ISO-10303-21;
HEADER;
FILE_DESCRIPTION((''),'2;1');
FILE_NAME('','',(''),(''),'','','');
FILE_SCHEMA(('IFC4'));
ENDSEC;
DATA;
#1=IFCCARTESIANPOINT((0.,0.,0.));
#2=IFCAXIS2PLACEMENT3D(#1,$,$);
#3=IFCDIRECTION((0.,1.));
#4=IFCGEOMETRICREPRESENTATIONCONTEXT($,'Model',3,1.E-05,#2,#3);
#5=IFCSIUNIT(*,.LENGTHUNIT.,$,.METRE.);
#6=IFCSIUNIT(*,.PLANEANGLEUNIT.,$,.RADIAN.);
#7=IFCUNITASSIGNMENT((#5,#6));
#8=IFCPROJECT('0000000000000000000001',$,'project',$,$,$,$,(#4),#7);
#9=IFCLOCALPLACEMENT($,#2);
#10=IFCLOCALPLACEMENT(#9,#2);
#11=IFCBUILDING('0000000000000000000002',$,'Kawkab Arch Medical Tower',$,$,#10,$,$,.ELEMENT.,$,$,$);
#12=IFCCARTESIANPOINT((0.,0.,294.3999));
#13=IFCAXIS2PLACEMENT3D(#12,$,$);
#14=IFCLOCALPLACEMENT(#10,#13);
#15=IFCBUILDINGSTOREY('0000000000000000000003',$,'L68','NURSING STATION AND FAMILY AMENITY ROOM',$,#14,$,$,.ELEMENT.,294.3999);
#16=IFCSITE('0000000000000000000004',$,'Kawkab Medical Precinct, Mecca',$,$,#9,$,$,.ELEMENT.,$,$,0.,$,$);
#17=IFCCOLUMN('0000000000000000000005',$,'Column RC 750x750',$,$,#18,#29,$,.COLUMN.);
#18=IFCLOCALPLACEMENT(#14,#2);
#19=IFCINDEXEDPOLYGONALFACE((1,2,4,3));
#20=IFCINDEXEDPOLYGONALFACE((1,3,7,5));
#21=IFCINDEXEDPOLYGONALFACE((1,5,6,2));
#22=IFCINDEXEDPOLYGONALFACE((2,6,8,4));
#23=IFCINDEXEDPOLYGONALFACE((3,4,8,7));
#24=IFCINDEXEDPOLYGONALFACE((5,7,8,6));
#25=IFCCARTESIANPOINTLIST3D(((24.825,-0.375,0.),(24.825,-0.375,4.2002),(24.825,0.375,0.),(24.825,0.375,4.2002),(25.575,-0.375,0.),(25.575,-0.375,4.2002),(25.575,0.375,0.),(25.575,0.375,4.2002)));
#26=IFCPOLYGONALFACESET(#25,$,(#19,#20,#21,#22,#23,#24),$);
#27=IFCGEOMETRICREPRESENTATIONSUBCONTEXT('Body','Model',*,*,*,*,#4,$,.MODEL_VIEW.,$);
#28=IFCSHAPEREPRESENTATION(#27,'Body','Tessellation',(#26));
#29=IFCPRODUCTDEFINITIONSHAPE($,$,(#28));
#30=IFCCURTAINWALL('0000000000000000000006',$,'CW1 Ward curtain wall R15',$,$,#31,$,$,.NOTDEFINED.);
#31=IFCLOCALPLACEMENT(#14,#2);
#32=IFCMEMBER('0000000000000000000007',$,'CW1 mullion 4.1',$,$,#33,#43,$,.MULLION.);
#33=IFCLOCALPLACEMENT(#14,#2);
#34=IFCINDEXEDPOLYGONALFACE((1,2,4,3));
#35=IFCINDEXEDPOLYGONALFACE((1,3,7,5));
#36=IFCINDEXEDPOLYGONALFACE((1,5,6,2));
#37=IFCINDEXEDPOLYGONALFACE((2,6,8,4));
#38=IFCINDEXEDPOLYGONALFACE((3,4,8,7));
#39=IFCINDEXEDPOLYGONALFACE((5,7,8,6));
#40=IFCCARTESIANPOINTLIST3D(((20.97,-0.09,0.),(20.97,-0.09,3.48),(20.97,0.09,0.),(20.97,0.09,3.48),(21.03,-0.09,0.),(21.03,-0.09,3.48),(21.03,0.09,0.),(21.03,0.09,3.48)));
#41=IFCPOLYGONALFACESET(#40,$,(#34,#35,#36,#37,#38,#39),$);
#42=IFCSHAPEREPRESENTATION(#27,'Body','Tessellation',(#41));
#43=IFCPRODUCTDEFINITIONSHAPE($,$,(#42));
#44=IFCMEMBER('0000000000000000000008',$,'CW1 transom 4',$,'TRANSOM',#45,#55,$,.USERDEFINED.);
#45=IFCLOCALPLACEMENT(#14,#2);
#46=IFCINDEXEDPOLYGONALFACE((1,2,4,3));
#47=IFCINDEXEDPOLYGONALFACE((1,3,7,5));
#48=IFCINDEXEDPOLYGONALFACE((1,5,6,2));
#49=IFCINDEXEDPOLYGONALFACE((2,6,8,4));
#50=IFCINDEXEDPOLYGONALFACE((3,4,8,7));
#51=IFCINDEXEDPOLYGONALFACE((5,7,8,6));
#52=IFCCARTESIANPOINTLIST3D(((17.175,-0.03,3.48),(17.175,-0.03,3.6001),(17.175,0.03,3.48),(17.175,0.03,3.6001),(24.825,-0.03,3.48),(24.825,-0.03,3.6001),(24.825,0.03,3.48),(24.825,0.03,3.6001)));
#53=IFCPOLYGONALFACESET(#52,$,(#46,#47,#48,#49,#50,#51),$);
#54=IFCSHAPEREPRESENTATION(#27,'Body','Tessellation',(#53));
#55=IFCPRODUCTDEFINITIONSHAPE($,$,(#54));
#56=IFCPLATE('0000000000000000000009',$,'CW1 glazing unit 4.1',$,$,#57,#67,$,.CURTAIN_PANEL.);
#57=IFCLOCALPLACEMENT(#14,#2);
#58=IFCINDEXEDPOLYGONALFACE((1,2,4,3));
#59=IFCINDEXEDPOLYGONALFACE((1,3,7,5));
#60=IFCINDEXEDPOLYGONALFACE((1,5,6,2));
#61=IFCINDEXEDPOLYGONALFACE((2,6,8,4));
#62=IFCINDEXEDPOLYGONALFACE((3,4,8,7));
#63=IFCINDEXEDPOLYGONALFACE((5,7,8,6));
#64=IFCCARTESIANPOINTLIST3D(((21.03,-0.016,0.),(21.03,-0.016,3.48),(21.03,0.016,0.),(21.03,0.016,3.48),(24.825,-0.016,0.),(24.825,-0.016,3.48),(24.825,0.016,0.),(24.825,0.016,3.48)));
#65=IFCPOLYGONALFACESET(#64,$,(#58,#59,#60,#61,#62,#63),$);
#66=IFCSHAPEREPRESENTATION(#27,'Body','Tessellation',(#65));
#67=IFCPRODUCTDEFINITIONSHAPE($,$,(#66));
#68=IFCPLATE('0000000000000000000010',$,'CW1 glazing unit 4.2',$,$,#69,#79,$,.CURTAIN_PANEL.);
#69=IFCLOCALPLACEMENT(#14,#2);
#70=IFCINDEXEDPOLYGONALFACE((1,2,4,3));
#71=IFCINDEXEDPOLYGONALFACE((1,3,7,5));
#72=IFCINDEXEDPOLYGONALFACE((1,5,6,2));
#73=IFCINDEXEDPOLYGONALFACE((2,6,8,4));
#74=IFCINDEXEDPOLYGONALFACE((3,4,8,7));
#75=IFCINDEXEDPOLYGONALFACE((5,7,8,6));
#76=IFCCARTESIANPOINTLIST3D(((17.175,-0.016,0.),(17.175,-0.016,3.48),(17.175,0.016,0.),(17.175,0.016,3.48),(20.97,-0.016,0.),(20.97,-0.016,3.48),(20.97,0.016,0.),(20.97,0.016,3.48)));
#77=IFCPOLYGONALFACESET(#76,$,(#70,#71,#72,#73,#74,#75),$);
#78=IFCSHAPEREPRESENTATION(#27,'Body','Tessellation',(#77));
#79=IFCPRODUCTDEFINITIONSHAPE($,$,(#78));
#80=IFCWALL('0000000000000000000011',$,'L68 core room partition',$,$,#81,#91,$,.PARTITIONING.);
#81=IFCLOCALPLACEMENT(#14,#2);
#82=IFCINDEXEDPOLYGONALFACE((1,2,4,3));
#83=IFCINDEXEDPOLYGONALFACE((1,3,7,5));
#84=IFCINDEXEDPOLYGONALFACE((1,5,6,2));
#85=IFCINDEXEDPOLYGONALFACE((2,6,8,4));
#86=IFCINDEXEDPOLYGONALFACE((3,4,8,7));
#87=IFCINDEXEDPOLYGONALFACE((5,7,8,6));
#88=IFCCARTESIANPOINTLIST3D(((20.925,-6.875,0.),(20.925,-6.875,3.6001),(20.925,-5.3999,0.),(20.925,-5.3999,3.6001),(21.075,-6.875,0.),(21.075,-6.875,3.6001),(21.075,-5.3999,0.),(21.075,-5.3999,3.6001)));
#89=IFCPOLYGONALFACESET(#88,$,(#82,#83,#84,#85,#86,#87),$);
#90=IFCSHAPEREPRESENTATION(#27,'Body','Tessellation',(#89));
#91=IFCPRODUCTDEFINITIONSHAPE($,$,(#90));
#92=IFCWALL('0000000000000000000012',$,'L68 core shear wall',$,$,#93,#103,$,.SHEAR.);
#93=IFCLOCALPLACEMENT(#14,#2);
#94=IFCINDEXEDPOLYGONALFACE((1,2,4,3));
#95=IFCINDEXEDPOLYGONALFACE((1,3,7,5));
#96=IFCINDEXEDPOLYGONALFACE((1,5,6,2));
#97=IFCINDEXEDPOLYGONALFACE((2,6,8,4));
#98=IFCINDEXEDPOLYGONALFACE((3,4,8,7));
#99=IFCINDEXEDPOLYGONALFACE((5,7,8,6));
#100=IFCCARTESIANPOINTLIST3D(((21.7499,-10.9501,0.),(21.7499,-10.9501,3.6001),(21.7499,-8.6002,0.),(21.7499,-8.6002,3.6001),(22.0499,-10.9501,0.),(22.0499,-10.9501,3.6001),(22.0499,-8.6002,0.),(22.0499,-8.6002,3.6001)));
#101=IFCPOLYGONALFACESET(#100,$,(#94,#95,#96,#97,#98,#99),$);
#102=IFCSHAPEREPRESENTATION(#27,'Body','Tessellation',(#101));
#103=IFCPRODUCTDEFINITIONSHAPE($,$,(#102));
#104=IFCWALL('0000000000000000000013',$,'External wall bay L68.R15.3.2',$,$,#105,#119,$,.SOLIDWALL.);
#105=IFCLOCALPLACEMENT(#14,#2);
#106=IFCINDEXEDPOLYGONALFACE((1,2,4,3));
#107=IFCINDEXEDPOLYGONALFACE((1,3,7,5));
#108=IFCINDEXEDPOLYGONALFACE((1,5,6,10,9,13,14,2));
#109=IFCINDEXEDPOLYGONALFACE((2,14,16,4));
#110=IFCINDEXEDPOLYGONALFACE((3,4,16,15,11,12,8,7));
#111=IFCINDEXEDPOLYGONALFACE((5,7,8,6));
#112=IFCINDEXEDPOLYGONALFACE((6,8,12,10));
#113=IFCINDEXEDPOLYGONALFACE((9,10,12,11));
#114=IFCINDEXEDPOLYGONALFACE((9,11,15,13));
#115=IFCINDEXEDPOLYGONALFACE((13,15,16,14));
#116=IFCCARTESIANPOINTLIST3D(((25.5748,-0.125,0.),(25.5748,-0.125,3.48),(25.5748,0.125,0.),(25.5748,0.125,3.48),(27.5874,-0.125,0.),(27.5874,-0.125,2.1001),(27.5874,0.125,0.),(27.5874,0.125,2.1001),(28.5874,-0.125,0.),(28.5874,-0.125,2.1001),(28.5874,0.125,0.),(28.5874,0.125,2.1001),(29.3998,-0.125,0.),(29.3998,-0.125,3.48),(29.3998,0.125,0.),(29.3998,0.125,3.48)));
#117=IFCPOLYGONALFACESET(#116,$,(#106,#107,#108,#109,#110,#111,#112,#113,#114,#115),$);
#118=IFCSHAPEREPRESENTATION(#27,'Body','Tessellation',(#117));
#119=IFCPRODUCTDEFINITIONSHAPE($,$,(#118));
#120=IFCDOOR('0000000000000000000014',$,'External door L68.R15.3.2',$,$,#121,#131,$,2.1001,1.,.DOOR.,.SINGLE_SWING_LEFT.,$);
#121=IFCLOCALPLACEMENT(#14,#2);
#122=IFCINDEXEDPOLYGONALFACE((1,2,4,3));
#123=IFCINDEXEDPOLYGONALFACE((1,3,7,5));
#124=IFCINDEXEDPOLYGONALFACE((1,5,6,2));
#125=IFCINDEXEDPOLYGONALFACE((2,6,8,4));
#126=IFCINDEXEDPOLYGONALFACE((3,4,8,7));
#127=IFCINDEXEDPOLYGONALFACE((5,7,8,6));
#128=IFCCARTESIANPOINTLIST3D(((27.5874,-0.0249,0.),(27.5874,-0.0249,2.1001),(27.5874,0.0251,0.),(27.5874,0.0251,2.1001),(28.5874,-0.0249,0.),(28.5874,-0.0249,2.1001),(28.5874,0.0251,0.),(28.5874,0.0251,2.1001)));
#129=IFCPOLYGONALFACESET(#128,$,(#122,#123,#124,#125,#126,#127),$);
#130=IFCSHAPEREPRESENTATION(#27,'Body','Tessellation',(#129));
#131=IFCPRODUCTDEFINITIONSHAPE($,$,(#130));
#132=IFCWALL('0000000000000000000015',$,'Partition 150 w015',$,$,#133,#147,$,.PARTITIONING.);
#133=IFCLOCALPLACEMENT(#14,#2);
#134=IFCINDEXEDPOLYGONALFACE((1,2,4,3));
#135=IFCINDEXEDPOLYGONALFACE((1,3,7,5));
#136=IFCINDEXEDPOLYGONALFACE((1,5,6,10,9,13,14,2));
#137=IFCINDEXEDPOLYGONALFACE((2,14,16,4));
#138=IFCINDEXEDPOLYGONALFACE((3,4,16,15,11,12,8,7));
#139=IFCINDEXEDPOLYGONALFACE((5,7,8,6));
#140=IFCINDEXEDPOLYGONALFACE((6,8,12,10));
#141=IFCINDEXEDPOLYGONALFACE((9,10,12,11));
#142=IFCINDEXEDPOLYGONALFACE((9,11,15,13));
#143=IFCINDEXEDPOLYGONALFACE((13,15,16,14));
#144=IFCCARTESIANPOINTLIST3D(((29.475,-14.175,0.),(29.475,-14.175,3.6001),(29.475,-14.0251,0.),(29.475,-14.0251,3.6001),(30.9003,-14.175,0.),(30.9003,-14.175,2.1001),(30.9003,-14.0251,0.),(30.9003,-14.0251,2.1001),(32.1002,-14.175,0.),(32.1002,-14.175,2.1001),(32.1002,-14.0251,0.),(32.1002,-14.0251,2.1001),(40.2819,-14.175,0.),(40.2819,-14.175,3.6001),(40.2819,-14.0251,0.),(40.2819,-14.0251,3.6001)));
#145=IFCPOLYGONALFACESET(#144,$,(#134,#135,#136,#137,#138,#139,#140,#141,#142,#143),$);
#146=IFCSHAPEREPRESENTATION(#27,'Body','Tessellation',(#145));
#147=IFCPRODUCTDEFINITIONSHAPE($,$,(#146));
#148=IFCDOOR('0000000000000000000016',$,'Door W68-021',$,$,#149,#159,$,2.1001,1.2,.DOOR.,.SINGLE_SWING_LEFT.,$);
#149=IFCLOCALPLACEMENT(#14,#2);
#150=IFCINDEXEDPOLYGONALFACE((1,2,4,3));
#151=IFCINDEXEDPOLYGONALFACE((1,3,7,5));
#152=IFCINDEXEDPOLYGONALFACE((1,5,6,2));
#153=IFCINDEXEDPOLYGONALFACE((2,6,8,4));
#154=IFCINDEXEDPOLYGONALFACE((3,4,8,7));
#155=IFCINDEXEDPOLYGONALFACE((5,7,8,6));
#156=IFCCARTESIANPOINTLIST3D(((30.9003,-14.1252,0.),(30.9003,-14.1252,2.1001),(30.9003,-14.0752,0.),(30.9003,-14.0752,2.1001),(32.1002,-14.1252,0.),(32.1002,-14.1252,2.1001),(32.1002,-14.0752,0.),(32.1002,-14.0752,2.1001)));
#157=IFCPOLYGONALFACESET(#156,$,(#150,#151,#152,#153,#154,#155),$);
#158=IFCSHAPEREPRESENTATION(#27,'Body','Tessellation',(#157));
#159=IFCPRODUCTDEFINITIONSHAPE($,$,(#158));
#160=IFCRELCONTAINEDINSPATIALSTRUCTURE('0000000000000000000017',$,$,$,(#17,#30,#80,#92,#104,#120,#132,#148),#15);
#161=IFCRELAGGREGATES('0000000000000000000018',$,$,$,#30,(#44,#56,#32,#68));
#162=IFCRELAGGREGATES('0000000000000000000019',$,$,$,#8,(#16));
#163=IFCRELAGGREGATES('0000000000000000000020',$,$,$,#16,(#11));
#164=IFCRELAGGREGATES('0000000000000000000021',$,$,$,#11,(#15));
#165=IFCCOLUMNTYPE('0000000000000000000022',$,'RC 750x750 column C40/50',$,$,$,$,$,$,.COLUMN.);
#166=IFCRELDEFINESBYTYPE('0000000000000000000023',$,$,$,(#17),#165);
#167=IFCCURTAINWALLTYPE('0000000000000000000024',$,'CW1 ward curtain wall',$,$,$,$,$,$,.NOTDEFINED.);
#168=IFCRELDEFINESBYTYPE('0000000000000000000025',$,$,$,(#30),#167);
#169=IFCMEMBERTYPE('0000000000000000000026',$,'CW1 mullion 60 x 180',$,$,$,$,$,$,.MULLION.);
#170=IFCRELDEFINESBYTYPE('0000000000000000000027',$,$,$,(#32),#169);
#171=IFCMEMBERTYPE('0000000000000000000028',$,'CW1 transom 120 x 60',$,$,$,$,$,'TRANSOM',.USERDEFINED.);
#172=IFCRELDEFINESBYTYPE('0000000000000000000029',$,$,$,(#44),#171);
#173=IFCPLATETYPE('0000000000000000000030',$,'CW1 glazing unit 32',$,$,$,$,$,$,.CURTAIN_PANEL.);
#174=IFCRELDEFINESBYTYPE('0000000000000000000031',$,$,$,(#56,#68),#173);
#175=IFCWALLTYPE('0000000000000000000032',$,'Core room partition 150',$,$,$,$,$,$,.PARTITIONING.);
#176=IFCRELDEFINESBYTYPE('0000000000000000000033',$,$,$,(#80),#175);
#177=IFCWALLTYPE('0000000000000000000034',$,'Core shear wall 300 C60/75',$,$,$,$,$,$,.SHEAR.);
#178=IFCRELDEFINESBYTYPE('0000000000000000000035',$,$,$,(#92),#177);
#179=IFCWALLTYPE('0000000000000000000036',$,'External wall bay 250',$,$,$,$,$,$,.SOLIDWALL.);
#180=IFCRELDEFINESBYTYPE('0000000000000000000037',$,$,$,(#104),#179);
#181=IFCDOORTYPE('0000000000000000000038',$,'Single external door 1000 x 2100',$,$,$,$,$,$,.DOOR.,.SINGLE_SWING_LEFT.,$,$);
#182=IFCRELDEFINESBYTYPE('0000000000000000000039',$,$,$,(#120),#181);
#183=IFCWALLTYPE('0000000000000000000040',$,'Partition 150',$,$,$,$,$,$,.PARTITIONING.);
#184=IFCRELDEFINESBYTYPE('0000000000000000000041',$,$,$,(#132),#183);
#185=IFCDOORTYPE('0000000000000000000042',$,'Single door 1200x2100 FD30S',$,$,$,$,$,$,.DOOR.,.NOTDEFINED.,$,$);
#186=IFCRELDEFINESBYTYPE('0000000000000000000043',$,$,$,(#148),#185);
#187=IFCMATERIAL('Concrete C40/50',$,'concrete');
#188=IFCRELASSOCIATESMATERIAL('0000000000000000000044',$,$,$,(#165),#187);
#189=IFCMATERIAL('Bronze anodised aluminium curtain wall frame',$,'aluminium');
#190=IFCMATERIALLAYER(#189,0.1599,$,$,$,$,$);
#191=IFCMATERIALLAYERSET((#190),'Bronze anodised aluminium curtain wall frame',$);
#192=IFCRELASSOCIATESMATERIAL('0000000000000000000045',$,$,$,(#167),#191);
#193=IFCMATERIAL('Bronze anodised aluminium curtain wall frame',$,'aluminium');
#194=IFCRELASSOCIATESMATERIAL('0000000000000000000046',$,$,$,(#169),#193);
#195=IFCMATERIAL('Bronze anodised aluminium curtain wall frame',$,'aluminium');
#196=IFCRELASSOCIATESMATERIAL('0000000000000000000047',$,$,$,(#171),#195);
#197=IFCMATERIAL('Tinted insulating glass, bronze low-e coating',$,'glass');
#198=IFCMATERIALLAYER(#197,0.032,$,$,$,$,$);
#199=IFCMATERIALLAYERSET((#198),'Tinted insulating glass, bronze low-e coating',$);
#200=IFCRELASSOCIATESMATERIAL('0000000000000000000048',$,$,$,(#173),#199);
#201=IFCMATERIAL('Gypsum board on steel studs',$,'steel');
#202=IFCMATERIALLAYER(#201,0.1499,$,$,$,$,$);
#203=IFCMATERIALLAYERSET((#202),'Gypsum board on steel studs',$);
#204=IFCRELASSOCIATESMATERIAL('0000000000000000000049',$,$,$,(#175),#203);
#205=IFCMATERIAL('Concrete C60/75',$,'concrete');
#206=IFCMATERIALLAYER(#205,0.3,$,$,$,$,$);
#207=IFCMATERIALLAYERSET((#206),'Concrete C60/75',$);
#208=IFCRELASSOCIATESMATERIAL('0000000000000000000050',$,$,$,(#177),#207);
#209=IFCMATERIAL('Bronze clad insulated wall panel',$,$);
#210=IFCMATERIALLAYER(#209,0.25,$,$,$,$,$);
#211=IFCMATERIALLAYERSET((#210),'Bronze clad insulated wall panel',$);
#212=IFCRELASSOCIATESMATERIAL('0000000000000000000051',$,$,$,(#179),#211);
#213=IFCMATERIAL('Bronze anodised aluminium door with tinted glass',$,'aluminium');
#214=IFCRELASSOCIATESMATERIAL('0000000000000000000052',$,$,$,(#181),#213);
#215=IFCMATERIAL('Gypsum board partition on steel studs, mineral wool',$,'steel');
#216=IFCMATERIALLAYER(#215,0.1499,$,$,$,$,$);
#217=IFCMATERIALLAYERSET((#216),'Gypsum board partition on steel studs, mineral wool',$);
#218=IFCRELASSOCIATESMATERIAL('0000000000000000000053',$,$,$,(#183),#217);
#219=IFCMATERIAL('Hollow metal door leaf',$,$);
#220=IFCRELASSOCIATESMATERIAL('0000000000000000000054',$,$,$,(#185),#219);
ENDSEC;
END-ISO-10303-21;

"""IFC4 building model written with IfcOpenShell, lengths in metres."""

from ifc_helpers import new_model, si_unit, direction, frame, frame_2d, origin, origin_2d, place, context, subcontext, project, spatial, rectangle, extrude, material, layer, layer_set, material_profile, profile_set, type_object, element, fill, aggregate, save


model = new_model("IFC4")

# Units and contexts
model_context = context("Model", 3, precision=1e-05, world=origin(), true_north=direction((0.0, 1.0)))
body_context = subcontext(model_context, "Body", "Model", "MODEL_VIEW")
ifc_project = project(units=[si_unit("LENGTHUNIT", "METRE"), si_unit("PLANEANGLEUNIT", "RADIAN")], contexts=[model_context])

# Site, building, storey
site_placement = place(None, origin())
site = spatial("IfcSite", under=ifc_project, at=site_placement, Name="Kawkab Medical Precinct, Mecca", CompositionType="ELEMENT", RefElevation=0.0)
building_placement = place(site_placement, origin())
building = spatial("IfcBuilding", under=site, at=building_placement, Name="Kawkab Arch Medical Tower", CompositionType="ELEMENT")
storey_placement = place(building_placement, frame((0.0, 0.0, 294.3999)))
storey = spatial("IfcBuildingStorey", under=building, at=storey_placement, Name="L68", Description="NURSING STATION AND FAMILY AMENITY ROOM", CompositionType="ELEMENT", Elevation=294.3999)

# Column
ifc_material_1 = material(Name="Concrete C40/50", Category="concrete")
ifc_material_profile_1 = material_profile(ifc_material_1, rectangle(XDim=0.75, YDim=0.75, at=origin_2d()), Name="RC 750x750")
ifc_profile_set_1 = profile_set([ifc_material_profile_1], Name="Concrete C40/50")
column_type = type_object("IfcColumnType", Name="RC 750x750 column C40/50", PredefinedType="COLUMN", material=ifc_profile_set_1)
column_placement = place(storey_placement, frame((25.2, 0.0, 0.0), z_axis=(0.0, 0.0, 1.0), x_axis=(1.0, 0.0, 0.0)))
element("IfcColumn", 1, at=column_placement, inside=storey, type_object=column_type, Name="Column RC 750x750", PredefinedType="COLUMN", context=body_context, shape_type="SweptSolid", body=[
    extrude(rectangle(XDim=0.75, YDim=0.75, at=origin_2d()), origin(), (0.0, 0.0, 1.0), 4.2002),
])

# Curtain wall, members, plates
ifc_material_2 = material(Name="Bronze anodised aluminium curtain wall frame", Category="aluminium")
ifc_layer_1 = layer(ifc_material_2, 0.1599)
ifc_layer_set_1 = layer_set([ifc_layer_1], Name="Bronze anodised aluminium curtain wall frame")
curtain_wall_type = type_object("IfcCurtainWallType", Name="CW1 ward curtain wall", PredefinedType="NOTDEFINED", material=ifc_layer_set_1)
placement = place(storey_placement, origin())
curtain_wall = element("IfcCurtainWall", 2, at=placement, inside=storey, type_object=curtain_wall_type, Name="CW1 Ward curtain wall R15", PredefinedType="NOTDEFINED")
ifc_material_3 = material(Name="Bronze anodised aluminium curtain wall frame", Category="aluminium")
ifc_material_profile_2 = material_profile(ifc_material_3, rectangle(XDim=0.1799, YDim=0.0601, at=origin_2d()), Name="AL 60x180")
ifc_profile_set_2 = profile_set([ifc_material_profile_2], Name="Bronze anodised aluminium curtain wall frame")
member_type_1 = type_object("IfcMemberType", Name="CW1 mullion 60 x 180", PredefinedType="MULLION", material=ifc_profile_set_2)
member_1_placement = place(storey_placement, frame((21.0, 0.0, 0.0), z_axis=(0.0, 0.0, 1.0), x_axis=(0.0, -1.0, 0.0)))
member_1 = element("IfcMember", 3, at=member_1_placement, type_object=member_type_1, Name="CW1 mullion 4.1", PredefinedType="MULLION", context=body_context, shape_type="SweptSolid", body=[
    extrude(rectangle(XDim=0.1799, YDim=0.0601, at=origin_2d()), origin(), (0.0, 0.0, 1.0), 3.48),
])
ifc_material_4 = material(Name="Bronze anodised aluminium curtain wall frame", Category="aluminium")
ifc_material_profile_3 = material_profile(ifc_material_4, rectangle(XDim=0.0601, YDim=0.1201, at=origin_2d()), Name="AL 60x120")
ifc_profile_set_3 = profile_set([ifc_material_profile_3], Name="Bronze anodised aluminium curtain wall frame")
member_type_2 = type_object("IfcMemberType", Name="CW1 transom 120 x 60", ElementType="TRANSOM", PredefinedType="USERDEFINED", material=ifc_profile_set_3)
member_2_placement = place(storey_placement, frame((24.825, 0.0, 3.54), z_axis=(-1.0, 0.0, 0.0), x_axis=(0.0, -1.0, 0.0)))
member_2 = element("IfcMember", 4, at=member_2_placement, type_object=member_type_2, Name="CW1 transom 4", ObjectType="TRANSOM", PredefinedType="USERDEFINED", context=body_context, shape_type="SweptSolid", body=[
    extrude(rectangle(XDim=0.0601, YDim=0.1201, at=origin_2d()), origin(), (0.0, 0.0, 1.0), 7.6499),
])
ifc_material_5 = material(Name="Tinted insulating glass, bronze low-e coating", Category="glass")
ifc_layer_2 = layer(ifc_material_5, 0.032)
ifc_layer_set_2 = layer_set([ifc_layer_2], Name="Tinted insulating glass, bronze low-e coating")
plate_type = type_object("IfcPlateType", Name="CW1 glazing unit 32", PredefinedType="CURTAIN_PANEL", material=ifc_layer_set_2)
plate_1_placement = place(storey_placement, frame((22.9275, 0.0, 0.0), z_axis=(0.0, 0.0, 1.0), x_axis=(-1.0, 0.0, 0.0)))
plate_1 = element("IfcPlate", 5, at=plate_1_placement, type_object=plate_type, Name="CW1 glazing unit 4.1", PredefinedType="CURTAIN_PANEL", context=body_context, shape_type="SweptSolid", body=[
    extrude(rectangle(XDim=3.7949, YDim=0.032, at=origin_2d()), origin(), (0.0, 0.0, 1.0), 3.48),
])
plate_2_placement = place(storey_placement, frame((19.0725, 0.0, 0.0), z_axis=(0.0, 0.0, 1.0), x_axis=(-1.0, 0.0, 0.0)))
plate_2 = element("IfcPlate", 6, at=plate_2_placement, type_object=plate_type, Name="CW1 glazing unit 4.2", PredefinedType="CURTAIN_PANEL", context=body_context, shape_type="SweptSolid", body=[
    extrude(rectangle(XDim=3.7949, YDim=0.032, at=origin_2d()), origin(), (0.0, 0.0, 1.0), 3.48),
])
aggregate(curtain_wall, [member_2, plate_1, member_1, plate_2])

# Walls
ifc_material_6 = material(Name="Gypsum board on steel studs", Category="steel")
ifc_layer_3 = layer(ifc_material_6, 0.1499)
ifc_layer_set_3 = layer_set([ifc_layer_3], Name="Gypsum board on steel studs")
wall_type_1 = type_object("IfcWallType", Name="Core room partition 150", PredefinedType="PARTITIONING", material=ifc_layer_set_3)
wall_1_placement = place(storey_placement, frame((21.0, -6.875, 0.0), z_axis=(0.0, 0.0, 1.0), x_axis=(0.0, 1.0, 0.0)))
element("IfcWall", 7, at=wall_1_placement, inside=storey, type_object=wall_type_1, Name="L68 core room partition", PredefinedType="PARTITIONING", context=body_context, shape_type="SweptSolid", body=[
    extrude(rectangle(XDim=1.4751, YDim=0.1499, at=frame_2d((0.7375, 0.0))), origin(), (0.0, 0.0, 1.0), 3.6001),
])
ifc_material_7 = material(Name="Concrete C60/75", Category="concrete")
ifc_layer_4 = layer(ifc_material_7, 0.3)
ifc_layer_set_4 = layer_set([ifc_layer_4], Name="Concrete C60/75")
wall_type_2 = type_object("IfcWallType", Name="Core shear wall 300 C60/75", PredefinedType="SHEAR", material=ifc_layer_set_4)
wall_2_placement = place(storey_placement, frame((21.8999, -10.95, 0.0), z_axis=(0.0, 0.0, 1.0), x_axis=(0.0, 1.0, 0.0)))
element("IfcWall", 8, at=wall_2_placement, inside=storey, type_object=wall_type_2, Name="L68 core shear wall", PredefinedType="SHEAR", context=body_context, shape_type="SweptSolid", body=[
    extrude(rectangle(XDim=2.3499, YDim=0.3, at=frame_2d((1.1748, 0.0))), origin(), (0.0, 0.0, 1.0), 3.6001),
])

# Walls, openings, doors
ifc_material_8 = material(Name="Bronze clad insulated wall panel")
ifc_layer_5 = layer(ifc_material_8, 0.25)
ifc_layer_set_5 = layer_set([ifc_layer_5], Name="Bronze clad insulated wall panel")
wall_type_3 = type_object("IfcWallType", Name="External wall bay 250", PredefinedType="SOLIDWALL", material=ifc_layer_set_5)
wall_3_placement = place(storey_placement, frame((29.3999, 0.0, 0.0), z_axis=(0.0, 0.0, 1.0), x_axis=(-1.0, 0.0, 0.0)))
wall_3 = element("IfcWall", 9, at=wall_3_placement, inside=storey, type_object=wall_type_3, Name="External wall bay L68.R15.3.2", PredefinedType="SOLIDWALL", context=body_context, shape_type="SweptSolid", body=[
    extrude(rectangle(XDim=3.825, YDim=0.25, at=frame_2d((1.9126, 0.0))), origin(), (0.0, 0.0, 1.0), 3.48),
])
opening_1_placement = place(wall_3_placement, frame((0.8125, 0.0, 0.0)))
opening_1 = element("IfcOpeningElement", 10, at=opening_1_placement, cuts=wall_3, PredefinedType="OPENING", context=body_context, shape_type="SweptSolid", body=[
    extrude(rectangle(XDim=1.0, YDim=2.1001, at=frame_2d((0.5, 1.05))), frame((0.0, 0.135, 0.0), z_axis=(0.0, -1.0, 0.0), x_axis=(1.0, 0.0, 0.0)), (0.0, 0.0, 1.0), 0.27),
])
ifc_material_9 = material(Name="Bronze anodised aluminium door with tinted glass", Category="aluminium")
door_type_1 = type_object("IfcDoorType", Name="Single external door 1000 x 2100", OperationType="SINGLE_SWING_LEFT", PredefinedType="DOOR", material=ifc_material_9)
door_1_placement = place(opening_1_placement, origin())
door_1 = element("IfcDoor", 11, at=door_1_placement, inside=storey, type_object=door_type_1, Name="External door L68.R15.3.2", OperationType="SINGLE_SWING_LEFT", OverallHeight=2.1001, OverallWidth=1.0, PredefinedType="DOOR", context=body_context, shape_type="SweptSolid", body=[
    extrude(rectangle(XDim=1.0, YDim=2.1001, at=frame_2d((0.5, 1.05))), frame((0.0, 0.0249, 0.0), z_axis=(0.0, -1.0, 0.0), x_axis=(1.0, 0.0, 0.0)), (0.0, 0.0, 1.0), 0.05),
])
fill(opening_1, door_1)
ifc_material_10 = material(Name="Gypsum board partition on steel studs, mineral wool", Category="steel")
ifc_layer_6 = layer(ifc_material_10, 0.1499)
ifc_layer_set_6 = layer_set([ifc_layer_6], Name="Gypsum board partition on steel studs, mineral wool")
wall_type_4 = type_object("IfcWallType", Name="Partition 150", PredefinedType="PARTITIONING", material=ifc_layer_set_6)
wall_4_placement = place(storey_placement, frame((29.4751, -14.1001, 0.0), z_axis=(0.0, 0.0, 1.0), x_axis=(1.0, 0.0, 0.0)))
wall_4 = element("IfcWall", 12, at=wall_4_placement, inside=storey, type_object=wall_type_4, Name="Partition 150 w015", PredefinedType="PARTITIONING", context=body_context, shape_type="SweptSolid", body=[
    extrude(rectangle(XDim=10.8069, YDim=0.1499, at=frame_2d((5.4033, 0.0))), origin(), (0.0, 0.0, 1.0), 3.6001),
])
opening_2_placement = place(wall_4_placement, frame((1.425, 0.0, 0.0)))
opening_2 = element("IfcOpeningElement", 13, at=opening_2_placement, cuts=wall_4, PredefinedType="OPENING", context=body_context, shape_type="SweptSolid", body=[
    extrude(rectangle(XDim=1.2, YDim=2.1001, at=frame_2d((0.6001, 1.05))), frame((0.0, 0.085, 0.0), z_axis=(0.0, -1.0, 0.0), x_axis=(1.0, 0.0, 0.0)), (0.0, 0.0, 1.0), 0.1699),
])
ifc_material_11 = material(Name="Hollow metal door leaf")
door_type_2 = type_object("IfcDoorType", Name="Single door 1200x2100 FD30S", OperationType="NOTDEFINED", PredefinedType="DOOR", material=ifc_material_11)
door_2_placement = place(opening_2_placement, origin())
door_2 = element("IfcDoor", 14, at=door_2_placement, inside=storey, type_object=door_type_2, Name="Door W68-021", OperationType="SINGLE_SWING_LEFT", OverallHeight=2.1001, OverallWidth=1.2, PredefinedType="DOOR", context=body_context, shape_type="SweptSolid", body=[
    extrude(rectangle(XDim=1.2, YDim=2.1001, at=frame_2d((0.6001, 1.05))), frame((0.0, 0.0249, 0.0), z_axis=(0.0, -1.0, 0.0), x_axis=(1.0, 0.0, 0.0)), (0.0, 0.0, 1.0), 0.05),
])
fill(opening_2, door_2)

save(model, "model.ifc")
